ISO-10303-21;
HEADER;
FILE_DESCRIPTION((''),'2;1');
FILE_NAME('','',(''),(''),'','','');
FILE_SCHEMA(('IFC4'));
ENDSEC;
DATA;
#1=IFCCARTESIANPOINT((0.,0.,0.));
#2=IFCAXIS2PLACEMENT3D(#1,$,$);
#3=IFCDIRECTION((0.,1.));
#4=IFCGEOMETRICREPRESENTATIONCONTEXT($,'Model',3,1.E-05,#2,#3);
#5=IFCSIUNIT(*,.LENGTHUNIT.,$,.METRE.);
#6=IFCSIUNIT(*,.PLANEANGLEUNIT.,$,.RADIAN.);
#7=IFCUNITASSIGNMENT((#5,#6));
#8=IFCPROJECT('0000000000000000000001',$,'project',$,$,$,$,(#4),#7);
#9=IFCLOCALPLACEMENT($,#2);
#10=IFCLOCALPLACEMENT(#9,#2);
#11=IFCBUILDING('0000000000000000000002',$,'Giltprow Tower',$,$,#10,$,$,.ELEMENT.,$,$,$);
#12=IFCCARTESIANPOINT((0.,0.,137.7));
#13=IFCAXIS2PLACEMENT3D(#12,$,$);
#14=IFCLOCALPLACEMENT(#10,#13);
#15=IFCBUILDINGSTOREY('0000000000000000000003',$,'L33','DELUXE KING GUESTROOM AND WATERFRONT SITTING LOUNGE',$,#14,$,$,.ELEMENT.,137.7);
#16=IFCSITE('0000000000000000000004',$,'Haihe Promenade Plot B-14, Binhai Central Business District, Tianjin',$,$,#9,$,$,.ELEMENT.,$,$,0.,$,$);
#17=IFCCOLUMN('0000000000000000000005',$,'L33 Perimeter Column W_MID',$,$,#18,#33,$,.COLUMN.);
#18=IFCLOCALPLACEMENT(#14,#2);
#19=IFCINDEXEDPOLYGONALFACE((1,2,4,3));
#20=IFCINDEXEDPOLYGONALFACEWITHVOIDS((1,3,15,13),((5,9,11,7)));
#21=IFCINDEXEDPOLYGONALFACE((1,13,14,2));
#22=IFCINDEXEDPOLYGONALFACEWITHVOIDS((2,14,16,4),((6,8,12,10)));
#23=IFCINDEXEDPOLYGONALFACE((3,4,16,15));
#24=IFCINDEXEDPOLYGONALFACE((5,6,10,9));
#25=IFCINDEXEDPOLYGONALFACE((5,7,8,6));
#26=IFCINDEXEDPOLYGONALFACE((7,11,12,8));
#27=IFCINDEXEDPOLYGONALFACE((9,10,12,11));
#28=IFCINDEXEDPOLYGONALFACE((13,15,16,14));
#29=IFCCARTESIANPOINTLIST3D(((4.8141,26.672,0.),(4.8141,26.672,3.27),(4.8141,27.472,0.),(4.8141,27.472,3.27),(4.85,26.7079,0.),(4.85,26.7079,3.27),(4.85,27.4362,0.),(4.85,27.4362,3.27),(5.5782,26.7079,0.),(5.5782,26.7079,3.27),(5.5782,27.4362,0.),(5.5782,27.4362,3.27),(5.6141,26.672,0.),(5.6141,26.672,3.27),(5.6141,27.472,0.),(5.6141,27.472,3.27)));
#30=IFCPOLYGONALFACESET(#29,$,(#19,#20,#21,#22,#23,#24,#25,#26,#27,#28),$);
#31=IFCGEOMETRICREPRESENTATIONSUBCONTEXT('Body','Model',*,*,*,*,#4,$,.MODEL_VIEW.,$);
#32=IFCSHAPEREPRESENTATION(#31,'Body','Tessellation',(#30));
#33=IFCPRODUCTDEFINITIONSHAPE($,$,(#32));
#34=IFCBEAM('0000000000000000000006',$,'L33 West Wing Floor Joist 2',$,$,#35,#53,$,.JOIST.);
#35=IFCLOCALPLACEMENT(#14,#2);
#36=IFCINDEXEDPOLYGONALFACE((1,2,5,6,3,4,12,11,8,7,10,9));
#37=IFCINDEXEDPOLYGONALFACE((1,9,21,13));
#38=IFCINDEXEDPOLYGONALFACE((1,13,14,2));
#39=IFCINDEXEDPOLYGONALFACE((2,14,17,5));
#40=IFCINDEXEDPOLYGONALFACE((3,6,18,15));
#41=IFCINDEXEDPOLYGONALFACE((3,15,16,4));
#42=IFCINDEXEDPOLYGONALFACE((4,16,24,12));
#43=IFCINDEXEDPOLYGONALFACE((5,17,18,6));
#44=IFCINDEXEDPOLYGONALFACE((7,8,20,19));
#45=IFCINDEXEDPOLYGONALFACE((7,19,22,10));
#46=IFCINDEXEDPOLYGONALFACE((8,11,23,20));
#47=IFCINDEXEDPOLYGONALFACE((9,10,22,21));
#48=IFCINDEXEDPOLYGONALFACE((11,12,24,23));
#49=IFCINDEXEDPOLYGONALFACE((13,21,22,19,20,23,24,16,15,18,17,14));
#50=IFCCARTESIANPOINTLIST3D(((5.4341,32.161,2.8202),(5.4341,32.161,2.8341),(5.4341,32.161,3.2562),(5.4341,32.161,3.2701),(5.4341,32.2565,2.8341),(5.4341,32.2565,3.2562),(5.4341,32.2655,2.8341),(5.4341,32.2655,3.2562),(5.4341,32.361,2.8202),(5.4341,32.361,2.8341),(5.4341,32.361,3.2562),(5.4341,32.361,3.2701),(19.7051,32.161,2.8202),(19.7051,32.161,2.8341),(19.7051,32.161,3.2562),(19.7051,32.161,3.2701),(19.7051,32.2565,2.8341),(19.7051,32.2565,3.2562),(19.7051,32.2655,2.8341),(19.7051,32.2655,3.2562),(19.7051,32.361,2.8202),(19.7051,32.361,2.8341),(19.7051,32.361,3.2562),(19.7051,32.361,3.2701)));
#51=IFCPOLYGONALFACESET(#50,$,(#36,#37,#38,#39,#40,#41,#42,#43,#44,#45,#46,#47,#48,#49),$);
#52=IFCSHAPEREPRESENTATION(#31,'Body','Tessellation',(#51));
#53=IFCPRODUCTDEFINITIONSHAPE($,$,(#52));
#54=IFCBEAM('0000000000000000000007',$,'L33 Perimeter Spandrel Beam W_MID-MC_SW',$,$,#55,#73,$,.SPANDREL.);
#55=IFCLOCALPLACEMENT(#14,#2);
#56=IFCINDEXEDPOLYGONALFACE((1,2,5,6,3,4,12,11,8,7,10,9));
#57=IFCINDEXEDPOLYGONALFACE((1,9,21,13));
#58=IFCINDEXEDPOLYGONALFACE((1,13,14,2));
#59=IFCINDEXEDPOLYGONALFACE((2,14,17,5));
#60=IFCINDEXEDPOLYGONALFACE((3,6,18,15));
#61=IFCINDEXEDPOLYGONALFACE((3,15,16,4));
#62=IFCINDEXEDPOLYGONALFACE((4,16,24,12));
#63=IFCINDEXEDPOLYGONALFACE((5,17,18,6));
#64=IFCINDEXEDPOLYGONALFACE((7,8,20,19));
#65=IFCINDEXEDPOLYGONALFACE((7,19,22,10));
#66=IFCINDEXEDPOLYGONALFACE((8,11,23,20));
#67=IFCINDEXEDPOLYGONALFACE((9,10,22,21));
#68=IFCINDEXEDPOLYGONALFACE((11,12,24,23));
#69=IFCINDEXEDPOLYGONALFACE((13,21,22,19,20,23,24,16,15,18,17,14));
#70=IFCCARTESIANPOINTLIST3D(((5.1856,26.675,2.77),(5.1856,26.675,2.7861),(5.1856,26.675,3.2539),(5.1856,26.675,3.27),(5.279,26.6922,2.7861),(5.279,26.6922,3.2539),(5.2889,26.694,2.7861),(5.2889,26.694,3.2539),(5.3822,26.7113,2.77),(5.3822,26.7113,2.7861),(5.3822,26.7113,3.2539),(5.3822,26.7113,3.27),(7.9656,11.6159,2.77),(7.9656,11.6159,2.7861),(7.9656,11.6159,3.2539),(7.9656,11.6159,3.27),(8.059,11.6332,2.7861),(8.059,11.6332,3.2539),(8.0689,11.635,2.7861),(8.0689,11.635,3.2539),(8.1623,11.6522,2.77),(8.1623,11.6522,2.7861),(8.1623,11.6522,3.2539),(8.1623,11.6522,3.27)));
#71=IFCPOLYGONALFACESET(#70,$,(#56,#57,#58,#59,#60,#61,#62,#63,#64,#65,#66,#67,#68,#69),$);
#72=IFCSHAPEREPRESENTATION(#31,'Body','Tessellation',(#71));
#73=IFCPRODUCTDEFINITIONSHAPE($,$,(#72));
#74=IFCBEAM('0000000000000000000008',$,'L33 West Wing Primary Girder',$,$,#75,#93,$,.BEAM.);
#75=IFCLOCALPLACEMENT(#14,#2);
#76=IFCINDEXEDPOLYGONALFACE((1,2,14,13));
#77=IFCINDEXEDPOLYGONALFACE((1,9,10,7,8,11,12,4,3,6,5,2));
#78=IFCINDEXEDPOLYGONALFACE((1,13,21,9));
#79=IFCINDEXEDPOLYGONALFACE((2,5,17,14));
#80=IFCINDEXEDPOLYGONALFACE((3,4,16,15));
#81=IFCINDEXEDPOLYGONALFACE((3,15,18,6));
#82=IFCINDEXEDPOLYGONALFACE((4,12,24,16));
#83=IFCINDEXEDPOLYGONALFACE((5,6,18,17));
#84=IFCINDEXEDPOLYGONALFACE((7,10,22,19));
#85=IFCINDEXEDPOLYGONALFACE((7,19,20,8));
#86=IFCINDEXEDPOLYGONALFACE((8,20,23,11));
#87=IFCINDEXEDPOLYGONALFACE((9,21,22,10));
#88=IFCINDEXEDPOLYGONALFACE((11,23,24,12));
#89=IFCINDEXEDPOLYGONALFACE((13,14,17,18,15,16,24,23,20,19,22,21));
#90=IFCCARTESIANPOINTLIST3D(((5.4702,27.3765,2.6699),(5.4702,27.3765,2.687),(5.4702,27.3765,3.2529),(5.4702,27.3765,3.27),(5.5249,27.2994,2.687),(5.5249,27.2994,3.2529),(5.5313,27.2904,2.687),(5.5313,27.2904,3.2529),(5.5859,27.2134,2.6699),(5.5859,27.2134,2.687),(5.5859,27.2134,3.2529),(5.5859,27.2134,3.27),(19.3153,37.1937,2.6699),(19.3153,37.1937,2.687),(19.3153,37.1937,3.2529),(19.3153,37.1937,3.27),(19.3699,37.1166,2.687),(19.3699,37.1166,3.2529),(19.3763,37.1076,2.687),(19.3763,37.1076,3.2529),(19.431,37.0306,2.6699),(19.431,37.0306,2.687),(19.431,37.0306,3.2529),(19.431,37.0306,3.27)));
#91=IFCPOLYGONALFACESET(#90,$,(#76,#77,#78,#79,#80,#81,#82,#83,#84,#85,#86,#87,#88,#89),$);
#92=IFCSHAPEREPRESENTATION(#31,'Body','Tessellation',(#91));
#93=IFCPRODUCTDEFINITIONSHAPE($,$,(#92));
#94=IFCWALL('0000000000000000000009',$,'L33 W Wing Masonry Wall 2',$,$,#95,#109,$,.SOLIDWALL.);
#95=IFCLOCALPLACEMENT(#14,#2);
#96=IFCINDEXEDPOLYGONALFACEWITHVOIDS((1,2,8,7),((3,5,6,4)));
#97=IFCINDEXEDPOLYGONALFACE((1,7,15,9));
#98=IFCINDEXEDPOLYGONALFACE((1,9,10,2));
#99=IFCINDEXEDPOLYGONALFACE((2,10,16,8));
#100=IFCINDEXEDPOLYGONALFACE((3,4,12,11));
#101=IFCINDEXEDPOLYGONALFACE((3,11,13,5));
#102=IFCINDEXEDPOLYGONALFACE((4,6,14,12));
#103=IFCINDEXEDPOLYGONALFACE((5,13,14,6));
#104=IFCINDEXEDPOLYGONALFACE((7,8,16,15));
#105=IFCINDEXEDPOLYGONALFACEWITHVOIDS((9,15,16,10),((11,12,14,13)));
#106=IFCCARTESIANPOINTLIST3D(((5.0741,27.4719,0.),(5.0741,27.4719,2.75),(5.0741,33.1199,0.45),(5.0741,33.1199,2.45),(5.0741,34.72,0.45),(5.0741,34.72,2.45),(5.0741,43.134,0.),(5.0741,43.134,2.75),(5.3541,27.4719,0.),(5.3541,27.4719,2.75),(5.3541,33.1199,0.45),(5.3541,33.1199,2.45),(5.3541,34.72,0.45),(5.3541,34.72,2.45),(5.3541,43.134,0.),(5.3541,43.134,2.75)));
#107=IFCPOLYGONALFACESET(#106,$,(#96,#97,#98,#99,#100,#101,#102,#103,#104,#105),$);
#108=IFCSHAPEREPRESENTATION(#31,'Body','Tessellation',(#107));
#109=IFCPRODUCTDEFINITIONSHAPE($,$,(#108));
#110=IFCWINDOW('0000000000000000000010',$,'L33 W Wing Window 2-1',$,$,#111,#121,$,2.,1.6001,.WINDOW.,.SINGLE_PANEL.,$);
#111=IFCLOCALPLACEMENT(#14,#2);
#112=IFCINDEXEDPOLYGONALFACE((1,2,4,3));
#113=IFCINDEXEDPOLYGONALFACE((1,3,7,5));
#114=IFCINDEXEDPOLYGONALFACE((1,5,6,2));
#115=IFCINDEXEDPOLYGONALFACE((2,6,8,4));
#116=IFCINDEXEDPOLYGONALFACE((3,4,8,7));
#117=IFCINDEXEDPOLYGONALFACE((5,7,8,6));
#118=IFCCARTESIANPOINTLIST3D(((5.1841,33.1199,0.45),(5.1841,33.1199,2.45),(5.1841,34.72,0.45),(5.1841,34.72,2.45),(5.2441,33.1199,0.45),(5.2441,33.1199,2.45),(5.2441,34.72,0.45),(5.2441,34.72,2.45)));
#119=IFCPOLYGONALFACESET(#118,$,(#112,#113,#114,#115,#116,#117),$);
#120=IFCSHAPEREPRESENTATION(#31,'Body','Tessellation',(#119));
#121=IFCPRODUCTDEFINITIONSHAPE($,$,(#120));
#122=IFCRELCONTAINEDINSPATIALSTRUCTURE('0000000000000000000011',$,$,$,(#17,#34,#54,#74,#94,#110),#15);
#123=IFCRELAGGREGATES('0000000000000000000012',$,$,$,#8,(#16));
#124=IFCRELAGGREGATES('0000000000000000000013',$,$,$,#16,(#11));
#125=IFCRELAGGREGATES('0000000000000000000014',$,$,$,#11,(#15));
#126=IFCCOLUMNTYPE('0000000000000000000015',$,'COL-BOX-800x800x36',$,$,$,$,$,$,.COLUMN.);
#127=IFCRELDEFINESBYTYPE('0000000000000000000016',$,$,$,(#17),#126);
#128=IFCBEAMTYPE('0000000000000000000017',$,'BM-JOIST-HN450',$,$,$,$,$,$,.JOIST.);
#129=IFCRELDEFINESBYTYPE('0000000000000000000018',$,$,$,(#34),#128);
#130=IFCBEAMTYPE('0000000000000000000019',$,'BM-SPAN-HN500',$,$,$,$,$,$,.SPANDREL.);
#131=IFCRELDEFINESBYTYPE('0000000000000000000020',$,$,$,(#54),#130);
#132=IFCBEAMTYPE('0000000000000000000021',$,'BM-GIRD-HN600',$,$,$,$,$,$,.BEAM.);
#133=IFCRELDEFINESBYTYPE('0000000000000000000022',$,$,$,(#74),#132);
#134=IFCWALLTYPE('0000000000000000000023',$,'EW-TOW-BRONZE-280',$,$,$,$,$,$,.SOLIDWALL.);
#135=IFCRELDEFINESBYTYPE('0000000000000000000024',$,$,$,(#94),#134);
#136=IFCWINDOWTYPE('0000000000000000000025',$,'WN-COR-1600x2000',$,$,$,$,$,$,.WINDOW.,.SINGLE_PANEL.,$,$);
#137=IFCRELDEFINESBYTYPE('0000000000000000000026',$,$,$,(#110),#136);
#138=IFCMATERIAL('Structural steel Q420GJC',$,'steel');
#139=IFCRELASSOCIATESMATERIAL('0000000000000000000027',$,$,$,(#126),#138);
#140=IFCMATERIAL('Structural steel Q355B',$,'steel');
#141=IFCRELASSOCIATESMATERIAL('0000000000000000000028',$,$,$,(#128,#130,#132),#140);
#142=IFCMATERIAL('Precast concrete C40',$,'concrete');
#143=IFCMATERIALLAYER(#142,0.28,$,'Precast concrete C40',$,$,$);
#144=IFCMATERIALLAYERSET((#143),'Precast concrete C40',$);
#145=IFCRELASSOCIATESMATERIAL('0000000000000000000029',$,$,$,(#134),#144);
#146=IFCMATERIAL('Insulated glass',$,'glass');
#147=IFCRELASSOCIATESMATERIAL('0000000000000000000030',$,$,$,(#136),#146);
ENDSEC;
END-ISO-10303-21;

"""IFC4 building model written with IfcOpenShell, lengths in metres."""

from ifc_helpers import new_model, si_unit, direction, frame, frame_2d, origin, origin_2d, place, context, subcontext, project, spatial, rectangle, hollow_rectangle, i_section, extrude, source, transform, mapped, material, layer, layer_set, material_profile, profile_set, type_object, element, fill, save


model = new_model("IFC4")

# Units and contexts
model_context = context("Model", 3, precision=1e-05, world=origin(), true_north=direction((0.0, 1.0)))
body_context = subcontext(model_context, "Body", "Model", "MODEL_VIEW")
ifc_project = project(units=[si_unit("LENGTHUNIT", "METRE"), si_unit("PLANEANGLEUNIT", "RADIAN")], contexts=[model_context])

# Site, building, storey
site_placement = place(None, origin())
site = spatial("IfcSite", under=ifc_project, at=site_placement, Name="Haihe Promenade Plot B-14, Binhai Central Business District, Tianjin", CompositionType="ELEMENT", RefElevation=0.0)
building_placement = place(site_placement, origin())
building = spatial("IfcBuilding", under=site, at=building_placement, Name="Giltprow Tower", CompositionType="ELEMENT")
storey_placement = place(building_placement, frame((0.0, 0.0, 137.7)))
storey = spatial("IfcBuildingStorey", under=building, at=storey_placement, Name="L33", Description="DELUXE KING GUESTROOM AND WATERFRONT SITTING LOUNGE", CompositionType="ELEMENT", Elevation=137.7)

# Column
ifc_material_1 = material(Name="Structural steel Q420GJC", Category="steel")
ifc_material_profile_1 = material_profile(ifc_material_1, hollow_rectangle(XDim=0.8, YDim=0.8, WallThickness=0.0359, at=origin_2d()), Name="BOX 800x800x36")
ifc_profile_set_1 = profile_set([ifc_material_profile_1], Name="Structural steel Q420GJC")
column_type = type_object("IfcColumnType", Name="COL-BOX-800x800x36", PredefinedType="COLUMN", material=ifc_profile_set_1)
shared_shape_1 = source(origin(), body_context, "Body", "SweptSolid", [
    extrude(hollow_rectangle(XDim=0.8, YDim=0.8, WallThickness=0.0359, at=origin_2d()), origin(), (0.0, 0.0, 1.0), 3.27),
])
column_placement = place(storey_placement, frame((5.2141, 27.072, 0.0), z_axis=(0.0, 0.0, 1.0), x_axis=(1.0, 0.0, 0.0)))
element("IfcColumn", 1, at=column_placement, inside=storey, type_object=column_type, Name="L33 Perimeter Column W_MID", PredefinedType="COLUMN", context=body_context, shape_type="MappedRepresentation", body=[
    mapped(shared_shape_1, transform((0.0, 0.0, 0.0), x_axis=(1.0, 0.0, 0.0), y_axis=(0.0, 1.0, 0.0), z_axis=(0.0, 0.0, 1.0), scale=1.0)),
])

# Beams
ifc_material_2 = material(Name="Structural steel Q355B", Category="steel")
ifc_material_profile_2 = material_profile(ifc_material_2, i_section(OverallWidth=0.2, OverallDepth=0.45, WebThickness=0.009, FlangeThickness=0.0139, at=origin_2d()), Name="HN 450x200x9x14")
ifc_profile_set_2 = profile_set([ifc_material_profile_2], Name="Structural steel Q355B")
beam_type_1 = type_object("IfcBeamType", Name="BM-JOIST-HN450", PredefinedType="JOIST", material=ifc_profile_set_2)
shared_shape_2 = source(origin(), body_context, "Body", "SweptSolid", [
    extrude(i_section(OverallWidth=0.2, OverallDepth=0.45, WebThickness=0.009, FlangeThickness=0.0139, at=origin_2d()), origin(), (0.0, 0.0, 1.0), 14.271),
])
beam_1_placement = place(storey_placement, frame((5.4341, 32.261, 3.0452), z_axis=(1.0, 0.0, 0.0), x_axis=(0.0, 1.0, 0.0)))
element("IfcBeam", 2, at=beam_1_placement, inside=storey, type_object=beam_type_1, Name="L33 West Wing Floor Joist 2", PredefinedType="JOIST", context=body_context, shape_type="MappedRepresentation", body=[
    mapped(shared_shape_2, transform((0.0, 0.0, 0.0), x_axis=(1.0, 0.0, 0.0), y_axis=(0.0, 1.0, 0.0), z_axis=(0.0, 0.0, 1.0), scale=1.0)),
])
ifc_material_profile_3 = material_profile(ifc_material_2, i_section(OverallWidth=0.2, OverallDepth=0.5, WebThickness=0.01, FlangeThickness=0.0161, at=origin_2d()), Name="HN 500x200x10x16")
ifc_profile_set_3 = profile_set([ifc_material_profile_3], Name="Structural steel Q355B")
beam_type_2 = type_object("IfcBeamType", Name="BM-SPAN-HN500", PredefinedType="SPANDREL", material=ifc_profile_set_3)
shared_shape_3 = source(origin(), body_context, "Body", "SweptSolid", [
    extrude(i_section(OverallWidth=0.2, OverallDepth=0.5, WebThickness=0.01, FlangeThickness=0.0161, at=origin_2d()), origin(), (0.0, 0.0, 1.0), 15.3135),
])
beam_2_placement = place(storey_placement, frame((5.2839, 26.6931, 3.02), z_axis=(0.181541, -0.983383, 0.0), x_axis=(0.983383, 0.181541, 0.0)))
element("IfcBeam", 3, at=beam_2_placement, inside=storey, type_object=beam_type_2, Name="L33 Perimeter Spandrel Beam W_MID-MC_SW", PredefinedType="SPANDREL", context=body_context, shape_type="MappedRepresentation", body=[
    mapped(shared_shape_3, transform((0.0, 0.0, 0.0), x_axis=(1.0, 0.0, 0.0), y_axis=(0.0, 1.0, 0.0), z_axis=(0.0, 0.0, 1.0), scale=1.0)),
])
ifc_material_profile_4 = material_profile(ifc_material_2, i_section(OverallWidth=0.2, OverallDepth=0.6001, WebThickness=0.011, FlangeThickness=0.0171, at=origin_2d()), Name="HN 600x200x11x17")
ifc_profile_set_4 = profile_set([ifc_material_profile_4], Name="Structural steel Q355B")
beam_type_3 = type_object("IfcBeamType", Name="BM-GIRD-HN600", PredefinedType="BEAM", material=ifc_profile_set_4)
shared_shape_4 = source(origin(), body_context, "Body", "SweptSolid", [
    extrude(i_section(OverallWidth=0.2, OverallDepth=0.6001, WebThickness=0.011, FlangeThickness=0.0171, at=origin_2d()), origin(), (0.0, 0.0, 1.0), 16.9724),
])
beam_3_placement = place(storey_placement, frame((5.5281, 27.2949, 2.97), z_axis=(0.815739, 0.578421, 0.0), x_axis=(-0.578421, 0.815739, 0.0)))
element("IfcBeam", 4, at=beam_3_placement, inside=storey, type_object=beam_type_3, Name="L33 West Wing Primary Girder", PredefinedType="BEAM", context=body_context, shape_type="MappedRepresentation", body=[
    mapped(shared_shape_4, transform((0.0, 0.0, 0.0), x_axis=(1.0, 0.0, 0.0), y_axis=(0.0, 1.0, 0.0), z_axis=(0.0, 0.0, 1.0), scale=1.0)),
])

# Wall, opening, window
ifc_material_3 = material(Name="Precast concrete C40", Category="concrete")
ifc_layer_1 = layer(ifc_material_3, 0.28, Name="Precast concrete C40")
ifc_layer_set_1 = layer_set([ifc_layer_1], Name="Precast concrete C40")
wall_type_1 = type_object("IfcWallType", Name="EW-TOW-BRONZE-280", PredefinedType="SOLIDWALL", material=ifc_layer_set_1)
wall_1_placement = place(storey_placement, frame((5.2141, 27.4719, 0.0), z_axis=(0.0, 0.0, 1.0), x_axis=(0.0, 1.0, 0.0)))
wall_1 = element("IfcWall", 5, at=wall_1_placement, inside=storey, type_object=wall_type_1, Name="L33 W Wing Masonry Wall 2", PredefinedType="SOLIDWALL", context=body_context, shape_type="SweptSolid", body=[
    extrude(rectangle(XDim=15.6621, YDim=0.28, at=frame_2d((7.8311, 0.0))), origin(), (0.0, 0.0, 1.0), 2.75),
])
opening_1_placement = place(wall_1_placement, frame((5.6479, 0.0, 0.45)))
opening_1 = element("IfcOpeningElement", 6, at=opening_1_placement, cuts=wall_1, PredefinedType="OPENING", context=body_context, shape_type="SweptSolid", body=[
    extrude(rectangle(XDim=1.6001, YDim=2.0, at=frame_2d((0.8, 1.0))), frame((0.0, 0.1499, 0.0), z_axis=(0.0, -1.0, 0.0), x_axis=(1.0, 0.0, 0.0)), (0.0, 0.0, 1.0), 0.3),
])
ifc_material_4 = material(Name="Insulated glass", Category="glass")
window_type = type_object("IfcWindowType", Name="WN-COR-1600x2000", PartitioningType="SINGLE_PANEL", PredefinedType="WINDOW", material=ifc_material_4)
shared_shape_5 = source(origin(), body_context, "Body", "SweptSolid", [
    extrude(rectangle(XDim=1.6001, YDim=2.0, at=frame_2d((0.8, 1.0))), frame((0.0, 0.03, 0.0), z_axis=(0.0, -1.0, 0.0), x_axis=(1.0, 0.0, 0.0)), (0.0, 0.0, 1.0), 0.0601),
])
window_placement = place(opening_1_placement, origin())
window = element("IfcWindow", 7, at=window_placement, inside=storey, type_object=window_type, Name="L33 W Wing Window 2-1", OverallHeight=2.0, OverallWidth=1.6001, PartitioningType="SINGLE_PANEL", PredefinedType="WINDOW", context=body_context, shape_type="MappedRepresentation", body=[
    mapped(shared_shape_5, transform((0.0, 0.0, 0.0), x_axis=(1.0, 0.0, 0.0), y_axis=(0.0, 1.0, 0.0), z_axis=(0.0, 0.0, 1.0), scale=1.0)),
])
fill(opening_1, window)

save(model, "model.ifc")
